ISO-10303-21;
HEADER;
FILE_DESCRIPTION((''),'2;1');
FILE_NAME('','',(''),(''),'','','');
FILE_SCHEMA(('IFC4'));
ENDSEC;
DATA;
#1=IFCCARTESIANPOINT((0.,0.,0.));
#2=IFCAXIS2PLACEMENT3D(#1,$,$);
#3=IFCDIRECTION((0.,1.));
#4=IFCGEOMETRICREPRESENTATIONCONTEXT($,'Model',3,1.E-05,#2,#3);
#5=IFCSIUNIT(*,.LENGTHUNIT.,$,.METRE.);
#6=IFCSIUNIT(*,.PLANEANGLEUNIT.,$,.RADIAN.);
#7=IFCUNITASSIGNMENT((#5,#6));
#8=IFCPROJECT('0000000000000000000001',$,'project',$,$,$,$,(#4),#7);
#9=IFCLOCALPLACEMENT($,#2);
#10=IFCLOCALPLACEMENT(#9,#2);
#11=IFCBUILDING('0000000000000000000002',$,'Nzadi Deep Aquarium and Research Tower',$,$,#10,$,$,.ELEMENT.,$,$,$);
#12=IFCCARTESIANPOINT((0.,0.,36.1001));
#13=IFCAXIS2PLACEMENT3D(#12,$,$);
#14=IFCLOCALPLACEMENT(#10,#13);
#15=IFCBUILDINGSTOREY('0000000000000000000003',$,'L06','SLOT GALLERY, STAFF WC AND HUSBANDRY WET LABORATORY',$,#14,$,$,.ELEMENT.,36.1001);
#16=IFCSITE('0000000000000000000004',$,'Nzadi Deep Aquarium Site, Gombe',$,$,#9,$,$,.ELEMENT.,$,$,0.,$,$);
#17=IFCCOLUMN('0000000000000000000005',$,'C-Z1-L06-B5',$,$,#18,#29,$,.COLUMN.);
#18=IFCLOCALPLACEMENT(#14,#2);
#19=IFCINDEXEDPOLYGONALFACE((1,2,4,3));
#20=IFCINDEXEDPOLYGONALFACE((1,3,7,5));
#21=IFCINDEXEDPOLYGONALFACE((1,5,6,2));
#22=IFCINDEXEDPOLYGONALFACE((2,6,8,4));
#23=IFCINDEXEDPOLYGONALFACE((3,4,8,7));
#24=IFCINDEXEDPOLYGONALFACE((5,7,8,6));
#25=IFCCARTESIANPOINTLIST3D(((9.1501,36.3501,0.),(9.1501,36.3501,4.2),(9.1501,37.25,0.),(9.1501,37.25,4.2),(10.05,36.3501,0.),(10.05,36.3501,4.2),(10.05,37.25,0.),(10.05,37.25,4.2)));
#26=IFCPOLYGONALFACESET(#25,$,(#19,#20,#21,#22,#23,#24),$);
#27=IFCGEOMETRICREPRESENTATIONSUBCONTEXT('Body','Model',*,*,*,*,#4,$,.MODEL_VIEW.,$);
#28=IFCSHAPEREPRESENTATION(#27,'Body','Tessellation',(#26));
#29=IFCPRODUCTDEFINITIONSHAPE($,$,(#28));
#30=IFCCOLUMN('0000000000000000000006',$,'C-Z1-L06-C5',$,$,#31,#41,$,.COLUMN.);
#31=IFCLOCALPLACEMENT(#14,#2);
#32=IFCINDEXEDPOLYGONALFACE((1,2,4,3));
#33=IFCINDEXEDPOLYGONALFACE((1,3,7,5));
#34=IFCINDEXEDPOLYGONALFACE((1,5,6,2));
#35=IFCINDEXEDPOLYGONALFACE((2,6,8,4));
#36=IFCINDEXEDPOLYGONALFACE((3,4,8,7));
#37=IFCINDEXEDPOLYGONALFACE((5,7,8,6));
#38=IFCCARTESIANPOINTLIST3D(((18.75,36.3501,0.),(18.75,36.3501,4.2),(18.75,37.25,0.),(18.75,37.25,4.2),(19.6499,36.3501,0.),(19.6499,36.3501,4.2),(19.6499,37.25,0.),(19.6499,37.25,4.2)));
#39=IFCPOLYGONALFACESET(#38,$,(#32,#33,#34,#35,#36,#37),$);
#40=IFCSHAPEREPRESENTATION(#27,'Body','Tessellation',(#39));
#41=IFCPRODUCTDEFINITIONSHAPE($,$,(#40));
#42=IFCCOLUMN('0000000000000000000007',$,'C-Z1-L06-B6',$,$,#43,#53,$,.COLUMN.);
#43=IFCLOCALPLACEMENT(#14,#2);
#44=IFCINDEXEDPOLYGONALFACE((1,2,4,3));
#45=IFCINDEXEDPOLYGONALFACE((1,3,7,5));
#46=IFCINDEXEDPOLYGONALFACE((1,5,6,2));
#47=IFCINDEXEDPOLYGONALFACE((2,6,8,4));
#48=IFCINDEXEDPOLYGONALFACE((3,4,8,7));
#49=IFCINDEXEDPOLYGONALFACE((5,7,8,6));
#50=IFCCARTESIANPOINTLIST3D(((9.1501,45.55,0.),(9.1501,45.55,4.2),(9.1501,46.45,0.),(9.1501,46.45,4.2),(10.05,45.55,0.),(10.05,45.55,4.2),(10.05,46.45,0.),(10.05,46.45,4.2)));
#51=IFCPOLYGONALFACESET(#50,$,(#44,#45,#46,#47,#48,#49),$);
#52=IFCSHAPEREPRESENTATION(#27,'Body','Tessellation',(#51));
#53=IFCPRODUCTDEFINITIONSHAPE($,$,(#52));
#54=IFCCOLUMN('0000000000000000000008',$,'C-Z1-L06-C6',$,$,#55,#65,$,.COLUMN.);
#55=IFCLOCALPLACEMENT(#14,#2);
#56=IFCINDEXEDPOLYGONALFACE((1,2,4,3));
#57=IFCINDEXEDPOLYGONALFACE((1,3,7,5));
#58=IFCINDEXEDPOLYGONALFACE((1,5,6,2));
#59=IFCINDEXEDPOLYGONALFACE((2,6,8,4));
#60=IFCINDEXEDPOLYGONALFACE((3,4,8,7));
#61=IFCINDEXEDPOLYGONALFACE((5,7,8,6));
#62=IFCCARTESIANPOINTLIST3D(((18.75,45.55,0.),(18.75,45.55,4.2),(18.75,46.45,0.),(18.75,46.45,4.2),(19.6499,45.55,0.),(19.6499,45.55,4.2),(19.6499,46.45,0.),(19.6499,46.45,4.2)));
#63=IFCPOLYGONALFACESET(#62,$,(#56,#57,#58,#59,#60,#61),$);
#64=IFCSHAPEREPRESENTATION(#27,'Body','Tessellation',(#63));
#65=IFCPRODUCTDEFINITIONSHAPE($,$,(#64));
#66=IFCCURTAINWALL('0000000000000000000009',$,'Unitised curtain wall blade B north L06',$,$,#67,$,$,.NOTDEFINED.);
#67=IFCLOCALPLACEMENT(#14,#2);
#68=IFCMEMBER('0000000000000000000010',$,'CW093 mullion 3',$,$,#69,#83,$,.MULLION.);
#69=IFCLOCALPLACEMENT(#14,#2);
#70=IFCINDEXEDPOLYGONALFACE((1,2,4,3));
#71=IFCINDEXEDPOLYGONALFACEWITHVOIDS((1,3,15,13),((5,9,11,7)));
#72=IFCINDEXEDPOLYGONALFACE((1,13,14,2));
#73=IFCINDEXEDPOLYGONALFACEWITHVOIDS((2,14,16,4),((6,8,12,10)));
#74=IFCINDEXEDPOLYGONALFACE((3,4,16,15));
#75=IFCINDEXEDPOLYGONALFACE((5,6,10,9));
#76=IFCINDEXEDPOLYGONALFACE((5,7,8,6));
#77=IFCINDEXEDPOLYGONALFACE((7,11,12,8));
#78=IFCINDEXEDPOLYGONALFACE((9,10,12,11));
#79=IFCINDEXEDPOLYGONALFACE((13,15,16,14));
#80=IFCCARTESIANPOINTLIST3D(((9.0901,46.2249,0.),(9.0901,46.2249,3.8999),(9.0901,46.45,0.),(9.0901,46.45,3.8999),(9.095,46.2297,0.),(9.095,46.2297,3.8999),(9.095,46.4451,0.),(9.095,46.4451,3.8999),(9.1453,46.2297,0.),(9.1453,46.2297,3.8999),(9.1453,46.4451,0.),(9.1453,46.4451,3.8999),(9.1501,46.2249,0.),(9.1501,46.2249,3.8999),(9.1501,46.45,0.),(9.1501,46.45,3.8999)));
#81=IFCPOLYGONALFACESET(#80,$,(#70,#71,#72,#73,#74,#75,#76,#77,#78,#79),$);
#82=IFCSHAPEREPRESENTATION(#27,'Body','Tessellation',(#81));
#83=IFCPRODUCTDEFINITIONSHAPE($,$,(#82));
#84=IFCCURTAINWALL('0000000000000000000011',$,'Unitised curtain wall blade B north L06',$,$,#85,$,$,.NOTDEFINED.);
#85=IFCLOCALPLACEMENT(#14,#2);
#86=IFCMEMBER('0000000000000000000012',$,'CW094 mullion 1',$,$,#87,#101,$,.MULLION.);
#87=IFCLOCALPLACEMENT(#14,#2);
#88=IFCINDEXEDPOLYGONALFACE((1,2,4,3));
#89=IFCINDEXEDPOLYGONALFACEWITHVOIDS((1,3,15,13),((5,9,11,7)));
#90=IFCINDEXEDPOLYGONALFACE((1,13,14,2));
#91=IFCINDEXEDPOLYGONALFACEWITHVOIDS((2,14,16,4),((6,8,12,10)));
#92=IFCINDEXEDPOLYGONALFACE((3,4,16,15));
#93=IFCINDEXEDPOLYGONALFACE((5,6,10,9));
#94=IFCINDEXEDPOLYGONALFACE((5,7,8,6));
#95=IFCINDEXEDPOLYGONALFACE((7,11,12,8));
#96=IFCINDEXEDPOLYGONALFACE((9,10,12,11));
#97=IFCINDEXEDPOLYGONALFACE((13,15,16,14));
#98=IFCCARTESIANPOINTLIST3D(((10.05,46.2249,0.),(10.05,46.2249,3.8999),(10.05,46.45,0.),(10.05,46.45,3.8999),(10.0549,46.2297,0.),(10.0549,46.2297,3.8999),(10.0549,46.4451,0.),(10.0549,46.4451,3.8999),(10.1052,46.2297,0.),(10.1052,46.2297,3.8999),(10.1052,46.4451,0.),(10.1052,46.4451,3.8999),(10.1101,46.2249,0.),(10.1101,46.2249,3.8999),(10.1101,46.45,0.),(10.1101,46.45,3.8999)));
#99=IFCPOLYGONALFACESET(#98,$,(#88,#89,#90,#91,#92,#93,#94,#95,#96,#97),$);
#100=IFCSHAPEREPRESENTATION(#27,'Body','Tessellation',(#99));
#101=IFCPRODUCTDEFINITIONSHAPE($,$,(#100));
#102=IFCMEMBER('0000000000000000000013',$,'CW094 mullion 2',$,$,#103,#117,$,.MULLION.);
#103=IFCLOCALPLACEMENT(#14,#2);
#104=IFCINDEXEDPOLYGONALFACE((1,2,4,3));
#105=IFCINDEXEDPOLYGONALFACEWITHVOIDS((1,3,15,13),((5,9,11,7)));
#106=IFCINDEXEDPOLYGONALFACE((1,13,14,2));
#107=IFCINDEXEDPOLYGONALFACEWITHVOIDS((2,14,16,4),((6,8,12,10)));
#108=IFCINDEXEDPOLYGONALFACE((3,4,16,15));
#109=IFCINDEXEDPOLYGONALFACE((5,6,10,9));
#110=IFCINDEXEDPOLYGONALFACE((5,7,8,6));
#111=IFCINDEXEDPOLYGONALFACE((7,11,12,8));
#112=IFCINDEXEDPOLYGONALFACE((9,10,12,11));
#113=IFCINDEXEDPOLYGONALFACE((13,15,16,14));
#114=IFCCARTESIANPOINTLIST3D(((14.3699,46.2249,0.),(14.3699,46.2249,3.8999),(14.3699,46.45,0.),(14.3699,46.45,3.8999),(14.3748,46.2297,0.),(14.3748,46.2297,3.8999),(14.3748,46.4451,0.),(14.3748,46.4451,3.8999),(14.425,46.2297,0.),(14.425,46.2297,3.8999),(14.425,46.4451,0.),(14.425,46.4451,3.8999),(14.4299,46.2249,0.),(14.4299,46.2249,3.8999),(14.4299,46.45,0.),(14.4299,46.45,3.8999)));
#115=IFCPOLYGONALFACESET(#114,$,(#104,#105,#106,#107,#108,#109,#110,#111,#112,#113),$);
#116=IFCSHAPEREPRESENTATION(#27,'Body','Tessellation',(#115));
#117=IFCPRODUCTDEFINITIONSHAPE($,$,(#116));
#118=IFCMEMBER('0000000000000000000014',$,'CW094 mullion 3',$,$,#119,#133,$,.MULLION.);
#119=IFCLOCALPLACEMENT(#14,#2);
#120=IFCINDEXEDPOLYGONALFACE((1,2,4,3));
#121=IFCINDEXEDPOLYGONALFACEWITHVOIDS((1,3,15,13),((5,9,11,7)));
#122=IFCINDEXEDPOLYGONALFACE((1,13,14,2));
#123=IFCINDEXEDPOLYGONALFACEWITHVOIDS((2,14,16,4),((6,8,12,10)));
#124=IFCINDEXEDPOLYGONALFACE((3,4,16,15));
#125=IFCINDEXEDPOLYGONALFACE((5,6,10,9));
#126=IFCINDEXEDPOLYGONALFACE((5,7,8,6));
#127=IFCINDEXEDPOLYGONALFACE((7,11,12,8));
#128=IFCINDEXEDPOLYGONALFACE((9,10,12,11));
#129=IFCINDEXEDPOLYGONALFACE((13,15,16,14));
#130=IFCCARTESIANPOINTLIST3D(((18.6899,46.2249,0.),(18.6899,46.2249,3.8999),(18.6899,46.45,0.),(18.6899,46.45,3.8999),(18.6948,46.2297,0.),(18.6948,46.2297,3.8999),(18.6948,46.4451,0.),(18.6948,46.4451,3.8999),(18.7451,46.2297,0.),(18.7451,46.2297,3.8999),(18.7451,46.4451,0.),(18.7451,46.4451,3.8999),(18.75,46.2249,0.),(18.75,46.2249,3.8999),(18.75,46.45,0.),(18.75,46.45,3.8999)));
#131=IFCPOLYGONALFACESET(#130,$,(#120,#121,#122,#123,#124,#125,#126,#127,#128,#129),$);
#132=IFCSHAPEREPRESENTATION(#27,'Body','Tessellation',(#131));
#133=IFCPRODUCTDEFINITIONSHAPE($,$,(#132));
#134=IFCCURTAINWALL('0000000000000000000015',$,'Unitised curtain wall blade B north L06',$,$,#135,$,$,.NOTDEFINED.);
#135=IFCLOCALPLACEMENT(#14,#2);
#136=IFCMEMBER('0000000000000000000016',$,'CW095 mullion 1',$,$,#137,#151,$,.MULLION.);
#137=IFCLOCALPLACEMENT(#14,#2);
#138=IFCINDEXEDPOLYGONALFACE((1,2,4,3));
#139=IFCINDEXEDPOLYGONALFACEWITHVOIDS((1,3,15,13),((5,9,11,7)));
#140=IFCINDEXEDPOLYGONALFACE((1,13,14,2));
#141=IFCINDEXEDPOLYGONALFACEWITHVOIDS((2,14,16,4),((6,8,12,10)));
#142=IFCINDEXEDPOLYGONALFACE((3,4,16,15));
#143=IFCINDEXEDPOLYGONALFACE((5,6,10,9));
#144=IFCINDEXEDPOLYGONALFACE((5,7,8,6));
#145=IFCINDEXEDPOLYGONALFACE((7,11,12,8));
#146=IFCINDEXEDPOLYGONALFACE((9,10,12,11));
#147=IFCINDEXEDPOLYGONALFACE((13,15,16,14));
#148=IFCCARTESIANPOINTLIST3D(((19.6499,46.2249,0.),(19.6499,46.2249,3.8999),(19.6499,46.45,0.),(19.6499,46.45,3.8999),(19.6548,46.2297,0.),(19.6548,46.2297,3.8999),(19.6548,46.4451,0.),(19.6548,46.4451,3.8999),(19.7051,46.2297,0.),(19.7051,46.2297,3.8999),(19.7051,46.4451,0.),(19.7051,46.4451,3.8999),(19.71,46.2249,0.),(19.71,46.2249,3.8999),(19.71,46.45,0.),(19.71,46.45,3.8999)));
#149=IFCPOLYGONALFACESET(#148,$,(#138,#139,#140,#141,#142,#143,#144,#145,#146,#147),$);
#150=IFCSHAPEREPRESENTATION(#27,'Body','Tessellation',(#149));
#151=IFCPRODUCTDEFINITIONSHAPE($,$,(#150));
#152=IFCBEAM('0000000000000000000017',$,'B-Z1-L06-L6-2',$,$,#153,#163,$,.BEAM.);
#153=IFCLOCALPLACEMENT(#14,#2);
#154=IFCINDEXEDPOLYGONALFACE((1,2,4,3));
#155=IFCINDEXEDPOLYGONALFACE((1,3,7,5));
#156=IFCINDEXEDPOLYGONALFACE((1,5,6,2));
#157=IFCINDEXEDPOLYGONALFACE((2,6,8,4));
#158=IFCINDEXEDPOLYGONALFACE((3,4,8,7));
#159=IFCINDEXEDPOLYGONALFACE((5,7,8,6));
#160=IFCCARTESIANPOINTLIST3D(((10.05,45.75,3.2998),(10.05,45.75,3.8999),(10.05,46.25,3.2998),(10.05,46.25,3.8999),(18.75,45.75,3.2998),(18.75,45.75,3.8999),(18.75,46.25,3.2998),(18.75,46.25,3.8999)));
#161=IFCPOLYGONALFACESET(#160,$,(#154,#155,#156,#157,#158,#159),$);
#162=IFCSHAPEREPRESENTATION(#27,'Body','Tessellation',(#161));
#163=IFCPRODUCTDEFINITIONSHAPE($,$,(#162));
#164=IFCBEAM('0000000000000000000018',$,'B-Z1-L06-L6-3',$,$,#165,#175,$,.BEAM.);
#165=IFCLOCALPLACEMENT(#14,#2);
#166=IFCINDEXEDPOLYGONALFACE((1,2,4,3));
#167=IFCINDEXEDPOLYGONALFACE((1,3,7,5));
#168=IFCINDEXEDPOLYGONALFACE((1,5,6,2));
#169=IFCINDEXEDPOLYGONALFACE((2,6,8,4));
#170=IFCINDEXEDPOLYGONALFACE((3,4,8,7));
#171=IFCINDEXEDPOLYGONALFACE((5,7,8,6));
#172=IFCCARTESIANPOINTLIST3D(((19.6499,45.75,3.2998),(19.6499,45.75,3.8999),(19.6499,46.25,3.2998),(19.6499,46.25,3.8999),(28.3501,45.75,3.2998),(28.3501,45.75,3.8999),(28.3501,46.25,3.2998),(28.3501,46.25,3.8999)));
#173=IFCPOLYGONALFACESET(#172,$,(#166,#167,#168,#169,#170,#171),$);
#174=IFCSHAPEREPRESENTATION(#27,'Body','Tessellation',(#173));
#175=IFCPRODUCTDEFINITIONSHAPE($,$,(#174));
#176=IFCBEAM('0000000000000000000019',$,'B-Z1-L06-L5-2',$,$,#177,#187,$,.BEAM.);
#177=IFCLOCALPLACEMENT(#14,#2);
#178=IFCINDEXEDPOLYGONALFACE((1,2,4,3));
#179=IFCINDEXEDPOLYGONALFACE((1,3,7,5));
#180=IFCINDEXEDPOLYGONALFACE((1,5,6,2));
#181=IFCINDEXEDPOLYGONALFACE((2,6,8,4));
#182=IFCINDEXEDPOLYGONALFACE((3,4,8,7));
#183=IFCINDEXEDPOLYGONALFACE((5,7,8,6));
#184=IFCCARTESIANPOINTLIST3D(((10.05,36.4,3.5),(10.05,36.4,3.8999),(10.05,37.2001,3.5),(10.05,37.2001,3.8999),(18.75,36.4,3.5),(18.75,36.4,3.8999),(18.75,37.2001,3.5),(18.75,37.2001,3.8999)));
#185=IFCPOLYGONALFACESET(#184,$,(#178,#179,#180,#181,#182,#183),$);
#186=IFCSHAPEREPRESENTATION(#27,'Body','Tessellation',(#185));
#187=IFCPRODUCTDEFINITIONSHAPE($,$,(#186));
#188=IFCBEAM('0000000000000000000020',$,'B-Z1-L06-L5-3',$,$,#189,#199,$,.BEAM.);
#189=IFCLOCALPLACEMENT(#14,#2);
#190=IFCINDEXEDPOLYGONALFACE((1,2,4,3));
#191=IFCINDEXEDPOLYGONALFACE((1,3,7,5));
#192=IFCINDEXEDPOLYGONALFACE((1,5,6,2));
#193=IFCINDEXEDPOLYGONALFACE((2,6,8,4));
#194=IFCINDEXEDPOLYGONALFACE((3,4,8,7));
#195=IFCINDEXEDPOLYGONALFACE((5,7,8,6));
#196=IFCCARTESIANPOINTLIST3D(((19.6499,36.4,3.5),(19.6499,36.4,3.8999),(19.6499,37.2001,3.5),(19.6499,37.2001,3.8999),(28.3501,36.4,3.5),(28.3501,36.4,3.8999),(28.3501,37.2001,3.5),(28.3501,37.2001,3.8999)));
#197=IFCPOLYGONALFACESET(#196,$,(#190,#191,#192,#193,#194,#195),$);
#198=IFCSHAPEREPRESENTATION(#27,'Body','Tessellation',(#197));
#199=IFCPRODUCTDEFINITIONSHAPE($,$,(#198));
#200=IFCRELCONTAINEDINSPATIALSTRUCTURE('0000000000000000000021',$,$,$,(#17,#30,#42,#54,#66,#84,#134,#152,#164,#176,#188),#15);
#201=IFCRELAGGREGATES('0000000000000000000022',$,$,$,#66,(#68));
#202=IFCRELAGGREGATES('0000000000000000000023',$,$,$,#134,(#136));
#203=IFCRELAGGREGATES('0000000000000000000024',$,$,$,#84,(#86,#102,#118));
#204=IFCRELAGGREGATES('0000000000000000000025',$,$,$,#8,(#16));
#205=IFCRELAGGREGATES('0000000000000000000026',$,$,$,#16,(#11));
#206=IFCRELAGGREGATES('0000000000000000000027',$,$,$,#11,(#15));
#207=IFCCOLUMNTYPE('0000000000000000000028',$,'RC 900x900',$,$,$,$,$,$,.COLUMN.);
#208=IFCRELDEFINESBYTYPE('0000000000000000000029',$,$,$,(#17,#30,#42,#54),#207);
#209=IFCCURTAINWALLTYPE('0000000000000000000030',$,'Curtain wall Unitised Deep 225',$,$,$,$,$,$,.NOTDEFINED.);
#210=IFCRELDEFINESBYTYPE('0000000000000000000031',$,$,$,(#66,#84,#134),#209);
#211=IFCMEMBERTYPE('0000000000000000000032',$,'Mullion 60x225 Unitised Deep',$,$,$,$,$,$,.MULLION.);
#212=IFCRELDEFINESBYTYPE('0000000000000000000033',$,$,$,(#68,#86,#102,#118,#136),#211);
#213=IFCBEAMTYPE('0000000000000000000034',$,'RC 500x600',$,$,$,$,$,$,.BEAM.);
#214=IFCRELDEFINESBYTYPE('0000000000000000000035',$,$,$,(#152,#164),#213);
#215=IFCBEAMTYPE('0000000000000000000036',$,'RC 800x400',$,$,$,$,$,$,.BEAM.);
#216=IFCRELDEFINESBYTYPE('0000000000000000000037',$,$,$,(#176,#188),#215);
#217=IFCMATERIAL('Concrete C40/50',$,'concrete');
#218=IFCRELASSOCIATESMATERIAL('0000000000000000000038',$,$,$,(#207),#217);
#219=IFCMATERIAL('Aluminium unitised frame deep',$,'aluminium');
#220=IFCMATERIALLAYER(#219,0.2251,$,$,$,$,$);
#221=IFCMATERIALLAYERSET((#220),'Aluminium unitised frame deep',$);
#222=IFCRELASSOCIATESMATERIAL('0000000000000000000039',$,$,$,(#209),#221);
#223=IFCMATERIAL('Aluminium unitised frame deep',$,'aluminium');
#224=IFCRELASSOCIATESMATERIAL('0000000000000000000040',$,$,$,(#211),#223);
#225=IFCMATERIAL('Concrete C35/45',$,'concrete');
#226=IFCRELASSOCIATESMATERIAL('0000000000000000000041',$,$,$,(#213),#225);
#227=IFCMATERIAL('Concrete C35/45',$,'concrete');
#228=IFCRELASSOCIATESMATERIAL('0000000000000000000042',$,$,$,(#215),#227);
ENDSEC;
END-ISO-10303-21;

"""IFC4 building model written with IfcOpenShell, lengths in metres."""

from ifc_helpers import new_model, si_unit, direction, frame, origin, origin_2d, place, context, subcontext, project, spatial, rectangle, hollow_rectangle, extrude, material, layer, layer_set, material_profile, profile_set, type_object, element, aggregate, save


model = new_model("IFC4")

# Units and contexts
model_context = context("Model", 3, precision=1e-05, world=origin(), true_north=direction((0.0, 1.0)))
body_context = subcontext(model_context, "Body", "Model", "MODEL_VIEW")
ifc_project = project(units=[si_unit("LENGTHUNIT", "METRE"), si_unit("PLANEANGLEUNIT", "RADIAN")], contexts=[model_context])

# Site, building, storey
site_placement = place(None, origin())
site = spatial("IfcSite", under=ifc_project, at=site_placement, Name="Nzadi Deep Aquarium Site, Gombe", CompositionType="ELEMENT", RefElevation=0.0)
building_placement = place(site_placement, origin())
building = spatial("IfcBuilding", under=site, at=building_placement, Name="Nzadi Deep Aquarium and Research Tower", CompositionType="ELEMENT")
storey_placement = place(building_placement, frame((0.0, 0.0, 36.1001)))
storey = spatial("IfcBuildingStorey", under=building, at=storey_placement, Name="L06", Description="SLOT GALLERY, STAFF WC AND HUSBANDRY WET LABORATORY", CompositionType="ELEMENT", Elevation=36.1001)

# Columns
ifc_material_1 = material(Name="Concrete C40/50", Category="concrete")
ifc_material_profile_1 = material_profile(ifc_material_1, rectangle(XDim=0.8999, YDim=0.8999, at=origin_2d()))
ifc_profile_set_1 = profile_set([ifc_material_profile_1], Name="Concrete C40/50")
column_type = type_object("IfcColumnType", Name="RC 900x900", PredefinedType="COLUMN", material=ifc_profile_set_1)
for number, where, z_axis, x_axis, name in (
    (1, (9.6001, 36.8, 0.0), (0.0, 0.0, 1.0), (1.0, 0.0, 0.0), "C-Z1-L06-B5"),
    (2, (19.2, 36.8, 0.0), (0.0, 0.0, 1.0), (1.0, 0.0, 0.0), "C-Z1-L06-C5"),
    (3, (9.6001, 46.0, 0.0), (0.0, 0.0, 1.0), (1.0, 0.0, 0.0), "C-Z1-L06-B6"),
    (4, (19.2, 46.0, 0.0), (0.0, 0.0, 1.0), (1.0, 0.0, 0.0), "C-Z1-L06-C6"),
):
    element("IfcColumn", number, at=place(storey_placement, frame(where, z_axis=z_axis, x_axis=x_axis)), inside=storey, type_object=column_type, Name=name, PredefinedType="COLUMN", context=body_context, shape_type="SweptSolid", body=[
        extrude(rectangle(XDim=0.8999, YDim=0.8999, at=origin_2d()), origin(), (0.0, 0.0, 1.0), 4.2),
    ])

# Curtain wall, member
ifc_material_2 = material(Name="Aluminium unitised frame deep", Category="aluminium")
ifc_layer_1 = layer(ifc_material_2, 0.2251)
ifc_layer_set_1 = layer_set([ifc_layer_1], Name="Aluminium unitised frame deep")
curtain_wall_type = type_object("IfcCurtainWallType", Name="Curtain wall Unitised Deep 225", PredefinedType="NOTDEFINED", material=ifc_layer_set_1)
curtain_wall_1_placement = place(storey_placement, origin())
curtain_wall_1 = element("IfcCurtainWall", 5, at=curtain_wall_1_placement, inside=storey, type_object=curtain_wall_type, Name="Unitised curtain wall blade B north L06", PredefinedType="NOTDEFINED")
ifc_material_3 = material(Name="Aluminium unitised frame deep", Category="aluminium")
ifc_material_profile_2 = material_profile(ifc_material_3, hollow_rectangle(XDim=0.2251, YDim=0.0601, WallThickness=0.0049, at=origin_2d()))
ifc_profile_set_2 = profile_set([ifc_material_profile_2], Name="Aluminium unitised frame deep")
member_type_1 = type_object("IfcMemberType", Name="Mullion 60x225 Unitised Deep", PredefinedType="MULLION", material=ifc_profile_set_2)
member_1_placement = place(storey_placement, frame((9.1201, 46.3374, 0.0), z_axis=(0.0, 0.0, 1.0), x_axis=(0.0, 1.0, 0.0)))
member_1 = element("IfcMember", 6, at=member_1_placement, type_object=member_type_1, Name="CW093 mullion 3", PredefinedType="MULLION", context=body_context, shape_type="SweptSolid", body=[
    extrude(hollow_rectangle(XDim=0.2251, YDim=0.0601, WallThickness=0.0049, at=origin_2d()), origin(), (0.0, 0.0, 1.0), 3.8999),
])
aggregate(curtain_wall_1, [member_1])

# Curtain wall, members
curtain_wall_2_placement = place(storey_placement, origin())
curtain_wall_2 = element("IfcCurtainWall", 7, at=curtain_wall_2_placement, inside=storey, type_object=curtain_wall_type, Name="Unitised curtain wall blade B north L06", PredefinedType="NOTDEFINED")
member_2_placement = place(storey_placement, frame((10.0801, 46.3374, 0.0), z_axis=(0.0, 0.0, 1.0), x_axis=(0.0, 1.0, 0.0)))
member_2 = element("IfcMember", 8, at=member_2_placement, type_object=member_type_1, Name="CW094 mullion 1", PredefinedType="MULLION", context=body_context, shape_type="SweptSolid", body=[
    extrude(hollow_rectangle(XDim=0.2251, YDim=0.0601, WallThickness=0.0049, at=origin_2d()), origin(), (0.0, 0.0, 1.0), 3.8999),
])
member_3_placement = place(storey_placement, frame((14.3999, 46.3374, 0.0), z_axis=(0.0, 0.0, 1.0), x_axis=(0.0, 1.0, 0.0)))
member_3 = element("IfcMember", 9, at=member_3_placement, type_object=member_type_1, Name="CW094 mullion 2", PredefinedType="MULLION", context=body_context, shape_type="SweptSolid", body=[
    extrude(hollow_rectangle(XDim=0.2251, YDim=0.0601, WallThickness=0.0049, at=origin_2d()), origin(), (0.0, 0.0, 1.0), 3.8999),
])
member_4_placement = place(storey_placement, frame((18.72, 46.3374, 0.0), z_axis=(0.0, 0.0, 1.0), x_axis=(0.0, 1.0, 0.0)))
member_4 = element("IfcMember", 10, at=member_4_placement, type_object=member_type_1, Name="CW094 mullion 3", PredefinedType="MULLION", context=body_context, shape_type="SweptSolid", body=[
    extrude(hollow_rectangle(XDim=0.2251, YDim=0.0601, WallThickness=0.0049, at=origin_2d()), origin(), (0.0, 0.0, 1.0), 3.8999),
])

# Curtain wall, member
curtain_wall_3_placement = place(storey_placement, origin())
curtain_wall_3 = element("IfcCurtainWall", 11, at=curtain_wall_3_placement, inside=storey, type_object=curtain_wall_type, Name="Unitised curtain wall blade B north L06", PredefinedType="NOTDEFINED")
member_5_placement = place(storey_placement, frame((19.6799, 46.3374, 0.0), z_axis=(0.0, 0.0, 1.0), x_axis=(0.0, 1.0, 0.0)))
member_5 = element("IfcMember", 12, at=member_5_placement, type_object=member_type_1, Name="CW095 mullion 1", PredefinedType="MULLION", context=body_context, shape_type="SweptSolid", body=[
    extrude(hollow_rectangle(XDim=0.2251, YDim=0.0601, WallThickness=0.0049, at=origin_2d()), origin(), (0.0, 0.0, 1.0), 3.8999),
])

# Beams
ifc_material_4 = material(Name="Concrete C35/45", Category="concrete")
ifc_material_profile_3 = material_profile(ifc_material_4, rectangle(XDim=0.5, YDim=0.6001, at=origin_2d()))
ifc_profile_set_3 = profile_set([ifc_material_profile_3], Name="Concrete C35/45")
beam_type_1 = type_object("IfcBeamType", Name="RC 500x600", PredefinedType="BEAM", material=ifc_profile_set_3)
beam_1_placement = place(storey_placement, frame((10.05, 46.0, 3.5999), z_axis=(1.0, 0.0, 0.0), x_axis=(0.0, 1.0, 0.0)))
element("IfcBeam", 13, at=beam_1_placement, inside=storey, type_object=beam_type_1, Name="B-Z1-L06-L6-2", PredefinedType="BEAM", context=body_context, shape_type="SweptSolid", body=[
    extrude(rectangle(XDim=0.5, YDim=0.6001, at=origin_2d()), origin(), (0.0, 0.0, 1.0), 8.7),
])
beam_2_placement = place(storey_placement, frame((19.6499, 46.0, 3.5999), z_axis=(1.0, 0.0, 0.0), x_axis=(0.0, 1.0, 0.0)))
element("IfcBeam", 14, at=beam_2_placement, inside=storey, type_object=beam_type_1, Name="B-Z1-L06-L6-3", PredefinedType="BEAM", context=body_context, shape_type="SweptSolid", body=[
    extrude(rectangle(XDim=0.5, YDim=0.6001, at=origin_2d()), origin(), (0.0, 0.0, 1.0), 8.7002),
])
ifc_material_5 = material(Name="Concrete C35/45", Category="concrete")
ifc_material_profile_4 = material_profile(ifc_material_5, rectangle(XDim=0.8, YDim=0.3999, at=origin_2d()))
ifc_profile_set_4 = profile_set([ifc_material_profile_4], Name="Concrete C35/45")
beam_type_2 = type_object("IfcBeamType", Name="RC 800x400", PredefinedType="BEAM", material=ifc_profile_set_4)
beam_3_placement = place(storey_placement, frame((10.05, 36.8, 3.7), z_axis=(1.0, 0.0, 0.0), x_axis=(0.0, 1.0, 0.0)))
element("IfcBeam", 15, at=beam_3_placement, inside=storey, type_object=beam_type_2, Name="B-Z1-L06-L5-2", PredefinedType="BEAM", context=body_context, shape_type="SweptSolid", body=[
    extrude(rectangle(XDim=0.8, YDim=0.3999, at=origin_2d()), origin(), (0.0, 0.0, 1.0), 8.7),
])
beam_4_placement = place(storey_placement, frame((19.6499, 36.8, 3.7), z_axis=(1.0, 0.0, 0.0), x_axis=(0.0, 1.0, 0.0)))
element("IfcBeam", 16, at=beam_4_placement, inside=storey, type_object=beam_type_2, Name="B-Z1-L06-L5-3", PredefinedType="BEAM", context=body_context, shape_type="SweptSolid", body=[
    extrude(rectangle(XDim=0.8, YDim=0.3999, at=origin_2d()), origin(), (0.0, 0.0, 1.0), 8.7002),
])

aggregate(curtain_wall_3, [member_5])

aggregate(curtain_wall_2, [member_2, member_3, member_4])

save(model, "model.ifc")
